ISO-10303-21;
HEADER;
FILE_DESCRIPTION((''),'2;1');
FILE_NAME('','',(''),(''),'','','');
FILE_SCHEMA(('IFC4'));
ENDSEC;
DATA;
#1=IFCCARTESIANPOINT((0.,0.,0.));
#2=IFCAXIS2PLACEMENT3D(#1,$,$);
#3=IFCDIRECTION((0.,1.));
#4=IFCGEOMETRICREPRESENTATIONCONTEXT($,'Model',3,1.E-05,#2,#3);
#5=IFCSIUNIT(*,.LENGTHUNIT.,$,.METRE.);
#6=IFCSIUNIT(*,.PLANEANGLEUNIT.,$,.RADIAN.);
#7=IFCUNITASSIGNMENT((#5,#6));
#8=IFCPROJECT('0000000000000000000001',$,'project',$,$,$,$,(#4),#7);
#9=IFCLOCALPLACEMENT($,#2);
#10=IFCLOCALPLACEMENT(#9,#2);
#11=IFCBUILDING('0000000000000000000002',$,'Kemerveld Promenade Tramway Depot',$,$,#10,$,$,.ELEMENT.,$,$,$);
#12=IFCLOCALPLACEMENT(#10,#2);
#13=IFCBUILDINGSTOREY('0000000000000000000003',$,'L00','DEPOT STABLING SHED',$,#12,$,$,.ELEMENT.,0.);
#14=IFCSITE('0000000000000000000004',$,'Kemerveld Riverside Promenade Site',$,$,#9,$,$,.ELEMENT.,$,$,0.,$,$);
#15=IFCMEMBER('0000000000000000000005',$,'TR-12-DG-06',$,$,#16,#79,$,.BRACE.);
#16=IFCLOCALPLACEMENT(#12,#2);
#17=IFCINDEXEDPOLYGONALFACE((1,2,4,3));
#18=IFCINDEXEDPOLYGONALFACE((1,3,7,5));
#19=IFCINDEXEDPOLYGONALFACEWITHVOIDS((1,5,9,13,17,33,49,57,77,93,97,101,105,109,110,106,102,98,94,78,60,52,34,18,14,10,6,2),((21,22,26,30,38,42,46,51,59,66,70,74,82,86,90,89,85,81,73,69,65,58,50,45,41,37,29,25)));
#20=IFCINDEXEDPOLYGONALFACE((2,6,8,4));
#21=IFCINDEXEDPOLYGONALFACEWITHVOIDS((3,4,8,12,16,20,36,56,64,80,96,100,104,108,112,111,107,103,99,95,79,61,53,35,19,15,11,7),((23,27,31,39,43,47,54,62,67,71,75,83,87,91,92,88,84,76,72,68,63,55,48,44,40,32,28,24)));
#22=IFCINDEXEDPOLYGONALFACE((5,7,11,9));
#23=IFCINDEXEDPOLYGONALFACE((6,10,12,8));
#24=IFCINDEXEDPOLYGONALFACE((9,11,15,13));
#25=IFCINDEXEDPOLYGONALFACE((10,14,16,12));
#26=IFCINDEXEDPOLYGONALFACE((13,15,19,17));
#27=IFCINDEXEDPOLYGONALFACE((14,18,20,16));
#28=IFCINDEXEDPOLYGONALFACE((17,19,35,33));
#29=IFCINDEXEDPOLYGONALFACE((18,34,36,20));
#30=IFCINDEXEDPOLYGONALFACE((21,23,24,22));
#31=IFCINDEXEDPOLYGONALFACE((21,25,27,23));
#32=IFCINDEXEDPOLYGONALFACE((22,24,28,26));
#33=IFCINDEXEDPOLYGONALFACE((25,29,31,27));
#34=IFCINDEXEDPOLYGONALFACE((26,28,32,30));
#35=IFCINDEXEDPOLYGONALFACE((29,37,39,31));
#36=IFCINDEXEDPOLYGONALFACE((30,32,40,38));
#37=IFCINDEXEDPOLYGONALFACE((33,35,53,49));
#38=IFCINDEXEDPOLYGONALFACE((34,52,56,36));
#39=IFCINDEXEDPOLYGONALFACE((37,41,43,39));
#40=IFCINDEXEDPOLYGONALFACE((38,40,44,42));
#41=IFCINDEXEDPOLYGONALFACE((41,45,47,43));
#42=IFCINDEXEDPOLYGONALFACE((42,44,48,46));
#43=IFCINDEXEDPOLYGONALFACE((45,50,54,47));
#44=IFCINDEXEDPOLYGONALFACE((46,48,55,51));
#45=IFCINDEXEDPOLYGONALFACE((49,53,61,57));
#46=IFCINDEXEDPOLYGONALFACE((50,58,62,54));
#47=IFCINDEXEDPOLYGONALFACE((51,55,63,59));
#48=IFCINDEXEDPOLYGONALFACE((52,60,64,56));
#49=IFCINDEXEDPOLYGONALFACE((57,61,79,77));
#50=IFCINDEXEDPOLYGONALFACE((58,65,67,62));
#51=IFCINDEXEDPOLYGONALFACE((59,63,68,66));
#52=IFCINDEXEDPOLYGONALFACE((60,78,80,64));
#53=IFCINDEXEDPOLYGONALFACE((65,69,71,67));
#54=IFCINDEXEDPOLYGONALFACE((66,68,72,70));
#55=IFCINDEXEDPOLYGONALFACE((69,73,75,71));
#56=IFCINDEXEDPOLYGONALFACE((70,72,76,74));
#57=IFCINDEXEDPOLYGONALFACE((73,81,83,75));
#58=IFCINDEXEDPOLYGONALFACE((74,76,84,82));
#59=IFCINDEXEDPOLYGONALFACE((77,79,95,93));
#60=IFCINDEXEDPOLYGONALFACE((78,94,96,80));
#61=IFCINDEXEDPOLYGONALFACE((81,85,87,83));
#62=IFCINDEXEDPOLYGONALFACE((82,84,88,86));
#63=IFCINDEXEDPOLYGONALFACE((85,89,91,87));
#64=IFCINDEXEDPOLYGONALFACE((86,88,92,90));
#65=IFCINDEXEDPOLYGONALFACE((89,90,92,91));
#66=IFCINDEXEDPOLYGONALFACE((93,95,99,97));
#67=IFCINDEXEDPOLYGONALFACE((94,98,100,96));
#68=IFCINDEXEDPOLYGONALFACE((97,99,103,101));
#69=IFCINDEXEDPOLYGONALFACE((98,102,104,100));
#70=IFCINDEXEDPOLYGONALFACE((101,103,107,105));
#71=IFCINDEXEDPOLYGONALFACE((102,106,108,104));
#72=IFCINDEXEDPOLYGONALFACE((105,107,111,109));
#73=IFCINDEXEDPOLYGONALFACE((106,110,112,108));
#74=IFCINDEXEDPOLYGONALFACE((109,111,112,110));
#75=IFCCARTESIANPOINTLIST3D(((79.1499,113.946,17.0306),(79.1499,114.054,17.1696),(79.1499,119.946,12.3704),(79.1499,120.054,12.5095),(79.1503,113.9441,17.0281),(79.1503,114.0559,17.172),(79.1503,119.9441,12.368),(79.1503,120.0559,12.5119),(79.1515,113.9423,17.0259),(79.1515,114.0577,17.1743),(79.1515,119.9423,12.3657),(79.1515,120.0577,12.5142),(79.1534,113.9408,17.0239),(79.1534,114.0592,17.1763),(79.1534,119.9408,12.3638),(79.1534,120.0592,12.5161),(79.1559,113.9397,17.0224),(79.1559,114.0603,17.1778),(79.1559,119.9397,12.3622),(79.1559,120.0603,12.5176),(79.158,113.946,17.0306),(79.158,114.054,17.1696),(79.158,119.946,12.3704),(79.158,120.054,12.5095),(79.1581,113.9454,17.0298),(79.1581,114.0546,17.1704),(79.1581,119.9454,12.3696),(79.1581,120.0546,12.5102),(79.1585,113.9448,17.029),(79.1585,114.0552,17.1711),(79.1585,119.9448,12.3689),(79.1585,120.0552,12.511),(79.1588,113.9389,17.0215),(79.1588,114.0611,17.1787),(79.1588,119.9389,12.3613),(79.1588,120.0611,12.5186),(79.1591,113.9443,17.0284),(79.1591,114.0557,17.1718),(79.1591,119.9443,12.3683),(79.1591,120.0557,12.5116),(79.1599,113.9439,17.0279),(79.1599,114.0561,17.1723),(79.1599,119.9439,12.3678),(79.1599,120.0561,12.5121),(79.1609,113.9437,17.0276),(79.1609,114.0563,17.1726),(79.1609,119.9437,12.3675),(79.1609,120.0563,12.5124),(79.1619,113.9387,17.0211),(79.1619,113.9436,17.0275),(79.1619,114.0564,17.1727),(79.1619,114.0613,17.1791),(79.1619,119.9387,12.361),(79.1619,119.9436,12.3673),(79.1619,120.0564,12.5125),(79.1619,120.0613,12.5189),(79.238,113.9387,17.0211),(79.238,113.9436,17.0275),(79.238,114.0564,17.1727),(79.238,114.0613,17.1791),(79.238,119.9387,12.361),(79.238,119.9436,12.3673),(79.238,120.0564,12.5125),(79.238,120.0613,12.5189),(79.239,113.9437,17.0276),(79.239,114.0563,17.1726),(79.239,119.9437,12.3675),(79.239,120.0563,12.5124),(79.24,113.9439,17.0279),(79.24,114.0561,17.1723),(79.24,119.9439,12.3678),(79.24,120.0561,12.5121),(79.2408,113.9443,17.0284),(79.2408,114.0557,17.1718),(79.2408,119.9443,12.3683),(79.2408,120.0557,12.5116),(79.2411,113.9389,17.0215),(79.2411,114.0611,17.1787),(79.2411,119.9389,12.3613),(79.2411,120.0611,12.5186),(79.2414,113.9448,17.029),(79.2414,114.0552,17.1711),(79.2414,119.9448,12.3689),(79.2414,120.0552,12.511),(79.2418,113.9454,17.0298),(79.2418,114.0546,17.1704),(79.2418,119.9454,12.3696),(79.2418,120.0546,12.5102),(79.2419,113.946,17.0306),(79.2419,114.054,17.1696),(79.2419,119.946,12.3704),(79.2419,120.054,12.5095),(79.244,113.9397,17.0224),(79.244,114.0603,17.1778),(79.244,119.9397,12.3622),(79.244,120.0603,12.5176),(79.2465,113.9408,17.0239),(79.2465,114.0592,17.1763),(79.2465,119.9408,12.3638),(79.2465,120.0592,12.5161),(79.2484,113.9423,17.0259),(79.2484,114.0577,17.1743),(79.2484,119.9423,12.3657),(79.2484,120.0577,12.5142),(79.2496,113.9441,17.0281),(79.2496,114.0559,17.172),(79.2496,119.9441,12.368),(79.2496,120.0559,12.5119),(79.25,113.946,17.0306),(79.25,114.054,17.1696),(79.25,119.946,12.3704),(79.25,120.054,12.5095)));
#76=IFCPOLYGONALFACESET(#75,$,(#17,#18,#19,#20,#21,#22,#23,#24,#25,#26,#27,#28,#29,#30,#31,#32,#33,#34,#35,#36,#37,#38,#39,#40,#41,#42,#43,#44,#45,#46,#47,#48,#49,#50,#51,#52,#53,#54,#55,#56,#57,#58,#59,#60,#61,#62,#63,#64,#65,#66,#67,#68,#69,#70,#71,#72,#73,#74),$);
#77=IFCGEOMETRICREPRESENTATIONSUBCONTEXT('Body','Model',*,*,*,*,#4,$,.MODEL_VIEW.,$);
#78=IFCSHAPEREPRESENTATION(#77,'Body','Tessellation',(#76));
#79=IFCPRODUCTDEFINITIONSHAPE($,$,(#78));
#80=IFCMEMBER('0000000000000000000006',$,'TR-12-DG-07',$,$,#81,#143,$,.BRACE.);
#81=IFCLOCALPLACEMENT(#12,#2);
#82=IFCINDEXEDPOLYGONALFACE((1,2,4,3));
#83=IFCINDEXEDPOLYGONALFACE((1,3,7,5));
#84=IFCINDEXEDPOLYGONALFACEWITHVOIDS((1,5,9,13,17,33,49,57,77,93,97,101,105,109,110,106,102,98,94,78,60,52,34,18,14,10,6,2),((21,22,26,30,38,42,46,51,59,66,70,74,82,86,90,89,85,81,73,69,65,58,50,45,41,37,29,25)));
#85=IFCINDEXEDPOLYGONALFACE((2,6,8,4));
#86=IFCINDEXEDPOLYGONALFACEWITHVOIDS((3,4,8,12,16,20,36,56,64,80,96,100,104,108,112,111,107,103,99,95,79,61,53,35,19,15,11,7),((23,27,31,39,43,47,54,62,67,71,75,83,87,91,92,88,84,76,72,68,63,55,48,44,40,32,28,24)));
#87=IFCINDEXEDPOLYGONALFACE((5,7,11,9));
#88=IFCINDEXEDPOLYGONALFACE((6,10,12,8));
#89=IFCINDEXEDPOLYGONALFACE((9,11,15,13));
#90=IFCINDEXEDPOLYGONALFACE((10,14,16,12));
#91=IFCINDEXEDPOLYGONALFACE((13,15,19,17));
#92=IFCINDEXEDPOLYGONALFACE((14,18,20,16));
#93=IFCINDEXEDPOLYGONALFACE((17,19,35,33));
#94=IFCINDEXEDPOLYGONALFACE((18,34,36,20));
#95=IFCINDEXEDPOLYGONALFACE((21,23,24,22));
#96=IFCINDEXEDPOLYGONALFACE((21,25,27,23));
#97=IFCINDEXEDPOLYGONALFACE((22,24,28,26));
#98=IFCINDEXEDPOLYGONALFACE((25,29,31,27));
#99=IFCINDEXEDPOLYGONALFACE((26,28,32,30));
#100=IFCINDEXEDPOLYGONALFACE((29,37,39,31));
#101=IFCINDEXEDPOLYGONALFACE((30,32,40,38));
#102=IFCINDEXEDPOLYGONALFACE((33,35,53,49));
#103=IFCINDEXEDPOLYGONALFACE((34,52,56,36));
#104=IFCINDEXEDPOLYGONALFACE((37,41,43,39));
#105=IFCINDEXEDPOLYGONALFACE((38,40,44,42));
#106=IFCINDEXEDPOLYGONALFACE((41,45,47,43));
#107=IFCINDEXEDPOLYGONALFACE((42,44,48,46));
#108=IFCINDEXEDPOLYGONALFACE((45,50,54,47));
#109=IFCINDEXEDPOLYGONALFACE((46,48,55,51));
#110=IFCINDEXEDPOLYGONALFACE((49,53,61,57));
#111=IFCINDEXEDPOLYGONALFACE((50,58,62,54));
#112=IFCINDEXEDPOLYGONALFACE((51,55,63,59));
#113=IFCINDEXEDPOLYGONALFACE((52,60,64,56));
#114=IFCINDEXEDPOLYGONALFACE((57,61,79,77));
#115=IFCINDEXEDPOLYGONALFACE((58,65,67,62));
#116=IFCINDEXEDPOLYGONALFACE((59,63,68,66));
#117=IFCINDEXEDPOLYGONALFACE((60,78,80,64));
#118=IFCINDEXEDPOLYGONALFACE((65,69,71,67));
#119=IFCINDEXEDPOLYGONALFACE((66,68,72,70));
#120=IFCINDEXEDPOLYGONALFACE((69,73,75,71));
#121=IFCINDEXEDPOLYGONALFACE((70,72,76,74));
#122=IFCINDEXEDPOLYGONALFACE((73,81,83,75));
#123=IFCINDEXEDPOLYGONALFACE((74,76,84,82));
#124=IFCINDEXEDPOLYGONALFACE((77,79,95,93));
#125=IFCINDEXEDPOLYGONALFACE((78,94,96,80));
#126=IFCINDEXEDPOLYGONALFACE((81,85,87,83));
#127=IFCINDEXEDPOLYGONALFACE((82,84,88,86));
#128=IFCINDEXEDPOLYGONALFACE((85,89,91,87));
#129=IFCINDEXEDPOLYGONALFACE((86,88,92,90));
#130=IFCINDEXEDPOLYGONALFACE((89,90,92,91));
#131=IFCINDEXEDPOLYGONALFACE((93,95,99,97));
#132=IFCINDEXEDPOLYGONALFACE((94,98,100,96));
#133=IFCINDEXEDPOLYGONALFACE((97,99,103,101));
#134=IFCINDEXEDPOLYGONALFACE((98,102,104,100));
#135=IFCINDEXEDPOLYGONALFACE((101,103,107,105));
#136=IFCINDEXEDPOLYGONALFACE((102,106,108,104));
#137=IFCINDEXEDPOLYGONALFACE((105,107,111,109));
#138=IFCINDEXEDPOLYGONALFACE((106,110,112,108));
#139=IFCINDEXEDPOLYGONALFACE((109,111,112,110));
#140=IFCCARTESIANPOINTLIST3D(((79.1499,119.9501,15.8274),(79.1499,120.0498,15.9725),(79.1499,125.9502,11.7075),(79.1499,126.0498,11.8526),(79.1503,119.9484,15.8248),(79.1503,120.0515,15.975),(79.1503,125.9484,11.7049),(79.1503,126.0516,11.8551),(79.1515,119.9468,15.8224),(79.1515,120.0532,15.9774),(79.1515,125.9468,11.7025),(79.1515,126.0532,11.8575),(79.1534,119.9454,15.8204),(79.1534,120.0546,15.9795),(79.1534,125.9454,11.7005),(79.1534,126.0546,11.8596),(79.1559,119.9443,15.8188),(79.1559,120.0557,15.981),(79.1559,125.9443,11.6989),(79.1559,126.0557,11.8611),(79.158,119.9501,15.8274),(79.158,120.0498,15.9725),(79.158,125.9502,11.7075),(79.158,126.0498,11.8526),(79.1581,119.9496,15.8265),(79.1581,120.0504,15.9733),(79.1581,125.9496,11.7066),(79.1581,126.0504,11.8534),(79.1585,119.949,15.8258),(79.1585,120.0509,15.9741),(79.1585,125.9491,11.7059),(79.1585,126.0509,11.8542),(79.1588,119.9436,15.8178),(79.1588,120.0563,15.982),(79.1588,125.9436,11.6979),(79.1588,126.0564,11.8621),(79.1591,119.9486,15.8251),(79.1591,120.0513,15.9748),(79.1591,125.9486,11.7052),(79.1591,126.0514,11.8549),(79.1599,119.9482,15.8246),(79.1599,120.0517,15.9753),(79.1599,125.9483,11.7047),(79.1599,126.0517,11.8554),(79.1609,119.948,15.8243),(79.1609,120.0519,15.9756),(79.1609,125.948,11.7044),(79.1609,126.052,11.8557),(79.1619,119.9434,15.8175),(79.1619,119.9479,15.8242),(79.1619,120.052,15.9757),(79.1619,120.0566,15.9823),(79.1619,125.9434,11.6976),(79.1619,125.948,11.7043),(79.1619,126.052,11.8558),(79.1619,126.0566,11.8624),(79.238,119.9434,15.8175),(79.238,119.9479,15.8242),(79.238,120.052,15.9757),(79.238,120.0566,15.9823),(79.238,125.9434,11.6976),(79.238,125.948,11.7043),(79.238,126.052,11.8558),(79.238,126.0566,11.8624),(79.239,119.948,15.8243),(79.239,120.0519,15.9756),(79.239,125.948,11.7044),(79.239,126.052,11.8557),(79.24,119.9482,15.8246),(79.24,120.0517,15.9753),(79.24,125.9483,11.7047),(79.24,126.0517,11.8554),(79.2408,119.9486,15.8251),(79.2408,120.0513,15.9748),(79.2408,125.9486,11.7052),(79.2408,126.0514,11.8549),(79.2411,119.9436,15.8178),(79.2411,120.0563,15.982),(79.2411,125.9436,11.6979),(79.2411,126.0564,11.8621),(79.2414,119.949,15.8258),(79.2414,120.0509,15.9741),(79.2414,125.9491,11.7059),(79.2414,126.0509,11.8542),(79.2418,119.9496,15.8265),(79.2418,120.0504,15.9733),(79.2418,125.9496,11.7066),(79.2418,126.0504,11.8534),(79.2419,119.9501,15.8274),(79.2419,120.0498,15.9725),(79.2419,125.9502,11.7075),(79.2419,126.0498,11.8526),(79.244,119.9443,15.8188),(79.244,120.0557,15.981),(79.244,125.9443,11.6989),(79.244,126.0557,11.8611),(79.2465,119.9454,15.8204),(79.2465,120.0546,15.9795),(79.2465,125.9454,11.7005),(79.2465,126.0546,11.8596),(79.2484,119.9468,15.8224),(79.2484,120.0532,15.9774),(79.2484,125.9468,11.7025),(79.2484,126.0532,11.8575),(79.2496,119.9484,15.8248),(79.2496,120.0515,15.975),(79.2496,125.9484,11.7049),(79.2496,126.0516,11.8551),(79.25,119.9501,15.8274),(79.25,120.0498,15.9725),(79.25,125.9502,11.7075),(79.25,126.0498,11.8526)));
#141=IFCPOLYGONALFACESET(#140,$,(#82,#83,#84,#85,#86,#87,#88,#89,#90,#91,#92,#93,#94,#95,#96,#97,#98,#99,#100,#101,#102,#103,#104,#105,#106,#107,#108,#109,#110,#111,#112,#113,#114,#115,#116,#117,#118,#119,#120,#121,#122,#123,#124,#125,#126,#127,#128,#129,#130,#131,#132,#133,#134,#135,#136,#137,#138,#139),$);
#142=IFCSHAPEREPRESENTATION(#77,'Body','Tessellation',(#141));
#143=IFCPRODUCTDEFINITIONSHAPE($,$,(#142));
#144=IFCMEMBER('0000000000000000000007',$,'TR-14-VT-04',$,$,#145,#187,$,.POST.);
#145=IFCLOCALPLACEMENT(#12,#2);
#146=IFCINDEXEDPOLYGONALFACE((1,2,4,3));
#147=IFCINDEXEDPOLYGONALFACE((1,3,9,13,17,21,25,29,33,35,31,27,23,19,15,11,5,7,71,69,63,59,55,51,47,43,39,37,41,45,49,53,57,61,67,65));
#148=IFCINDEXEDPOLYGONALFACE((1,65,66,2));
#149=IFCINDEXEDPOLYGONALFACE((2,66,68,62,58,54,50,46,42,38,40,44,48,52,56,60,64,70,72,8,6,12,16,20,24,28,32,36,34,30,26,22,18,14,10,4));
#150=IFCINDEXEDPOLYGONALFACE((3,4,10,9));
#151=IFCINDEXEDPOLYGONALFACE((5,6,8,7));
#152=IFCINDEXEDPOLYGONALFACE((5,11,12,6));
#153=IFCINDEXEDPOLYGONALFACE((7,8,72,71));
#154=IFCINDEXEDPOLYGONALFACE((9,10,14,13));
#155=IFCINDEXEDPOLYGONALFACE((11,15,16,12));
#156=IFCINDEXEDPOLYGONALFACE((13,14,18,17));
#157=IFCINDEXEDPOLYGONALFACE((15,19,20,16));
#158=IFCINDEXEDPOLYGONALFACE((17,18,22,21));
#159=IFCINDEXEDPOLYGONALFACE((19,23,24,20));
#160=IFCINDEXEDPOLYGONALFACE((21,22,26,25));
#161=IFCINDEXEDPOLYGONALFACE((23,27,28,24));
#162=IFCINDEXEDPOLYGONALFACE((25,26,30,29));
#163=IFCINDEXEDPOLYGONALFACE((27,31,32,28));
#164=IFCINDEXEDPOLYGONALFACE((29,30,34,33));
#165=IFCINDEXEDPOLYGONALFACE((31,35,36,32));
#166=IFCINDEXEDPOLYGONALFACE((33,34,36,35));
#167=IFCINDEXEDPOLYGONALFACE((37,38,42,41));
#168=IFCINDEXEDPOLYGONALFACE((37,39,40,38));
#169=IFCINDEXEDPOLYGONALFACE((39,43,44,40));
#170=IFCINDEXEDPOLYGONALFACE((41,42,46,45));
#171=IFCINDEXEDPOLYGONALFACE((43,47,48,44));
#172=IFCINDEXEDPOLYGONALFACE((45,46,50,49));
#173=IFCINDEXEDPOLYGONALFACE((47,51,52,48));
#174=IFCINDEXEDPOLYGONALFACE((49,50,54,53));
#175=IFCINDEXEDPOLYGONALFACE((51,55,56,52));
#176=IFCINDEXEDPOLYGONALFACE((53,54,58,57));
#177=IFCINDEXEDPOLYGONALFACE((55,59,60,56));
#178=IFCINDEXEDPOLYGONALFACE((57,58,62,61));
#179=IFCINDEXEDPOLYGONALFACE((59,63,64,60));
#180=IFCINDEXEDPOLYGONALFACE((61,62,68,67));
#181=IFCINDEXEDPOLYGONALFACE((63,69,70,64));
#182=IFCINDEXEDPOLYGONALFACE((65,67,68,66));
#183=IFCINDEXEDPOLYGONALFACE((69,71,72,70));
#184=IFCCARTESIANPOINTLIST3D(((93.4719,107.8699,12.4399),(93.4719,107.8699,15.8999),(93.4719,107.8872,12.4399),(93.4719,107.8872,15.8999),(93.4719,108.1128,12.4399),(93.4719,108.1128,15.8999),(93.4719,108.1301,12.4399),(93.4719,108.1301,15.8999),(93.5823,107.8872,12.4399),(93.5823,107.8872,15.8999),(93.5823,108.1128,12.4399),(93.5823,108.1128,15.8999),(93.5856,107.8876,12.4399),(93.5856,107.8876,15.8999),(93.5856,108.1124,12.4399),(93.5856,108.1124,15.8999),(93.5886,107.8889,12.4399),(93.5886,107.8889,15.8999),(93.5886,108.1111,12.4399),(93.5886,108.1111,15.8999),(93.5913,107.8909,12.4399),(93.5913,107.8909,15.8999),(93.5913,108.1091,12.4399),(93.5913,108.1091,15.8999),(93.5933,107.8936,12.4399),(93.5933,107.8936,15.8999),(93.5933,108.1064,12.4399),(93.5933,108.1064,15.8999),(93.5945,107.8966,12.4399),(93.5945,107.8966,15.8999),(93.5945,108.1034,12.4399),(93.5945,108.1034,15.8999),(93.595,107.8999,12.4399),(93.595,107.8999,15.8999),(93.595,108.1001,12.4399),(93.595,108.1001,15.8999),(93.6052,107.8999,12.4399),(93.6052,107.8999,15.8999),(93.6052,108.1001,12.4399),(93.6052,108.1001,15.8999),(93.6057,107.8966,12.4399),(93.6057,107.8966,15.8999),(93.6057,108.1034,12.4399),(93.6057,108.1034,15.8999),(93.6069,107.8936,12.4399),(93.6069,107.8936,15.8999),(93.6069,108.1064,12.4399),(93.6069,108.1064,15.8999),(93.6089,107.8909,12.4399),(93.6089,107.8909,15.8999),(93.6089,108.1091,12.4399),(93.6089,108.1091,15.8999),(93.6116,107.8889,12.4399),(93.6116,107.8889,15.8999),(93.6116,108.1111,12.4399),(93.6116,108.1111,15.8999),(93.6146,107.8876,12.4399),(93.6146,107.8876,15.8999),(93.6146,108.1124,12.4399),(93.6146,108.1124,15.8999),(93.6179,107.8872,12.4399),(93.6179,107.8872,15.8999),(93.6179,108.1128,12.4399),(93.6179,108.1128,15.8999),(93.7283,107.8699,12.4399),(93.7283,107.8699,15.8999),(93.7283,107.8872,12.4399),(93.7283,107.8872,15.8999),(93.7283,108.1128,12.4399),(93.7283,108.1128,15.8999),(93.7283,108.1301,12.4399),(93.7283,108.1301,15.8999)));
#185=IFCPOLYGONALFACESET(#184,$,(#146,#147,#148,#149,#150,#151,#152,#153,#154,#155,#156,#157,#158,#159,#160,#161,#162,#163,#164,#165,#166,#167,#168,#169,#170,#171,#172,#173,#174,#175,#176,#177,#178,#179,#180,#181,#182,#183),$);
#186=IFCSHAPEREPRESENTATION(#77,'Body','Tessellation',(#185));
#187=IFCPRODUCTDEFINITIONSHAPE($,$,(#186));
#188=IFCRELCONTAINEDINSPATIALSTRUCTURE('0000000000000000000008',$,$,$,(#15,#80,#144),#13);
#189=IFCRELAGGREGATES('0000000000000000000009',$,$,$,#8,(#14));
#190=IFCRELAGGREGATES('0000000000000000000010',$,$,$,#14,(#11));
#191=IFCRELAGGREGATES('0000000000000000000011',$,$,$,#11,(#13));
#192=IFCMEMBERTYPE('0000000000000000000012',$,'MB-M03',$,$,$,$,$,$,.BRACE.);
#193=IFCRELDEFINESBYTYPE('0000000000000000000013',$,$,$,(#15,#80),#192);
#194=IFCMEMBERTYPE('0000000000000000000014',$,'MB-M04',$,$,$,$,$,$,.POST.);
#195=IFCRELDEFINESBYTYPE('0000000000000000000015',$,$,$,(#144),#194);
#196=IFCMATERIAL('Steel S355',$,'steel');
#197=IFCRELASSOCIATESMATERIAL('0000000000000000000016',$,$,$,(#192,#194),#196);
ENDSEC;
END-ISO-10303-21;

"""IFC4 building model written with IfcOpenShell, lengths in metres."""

from ifc_helpers import new_model, si_unit, direction, frame, origin, origin_2d, place, context, subcontext, project, spatial, hollow_rectangle, i_section, extrude, material, material_profile, profile_set, type_object, element, save


model = new_model("IFC4")

# Units and contexts
model_context = context("Model", 3, precision=1e-05, world=origin(), true_north=direction((0.0, 1.0)))
body_context = subcontext(model_context, "Body", "Model", "MODEL_VIEW")
ifc_project = project(units=[si_unit("LENGTHUNIT", "METRE"), si_unit("PLANEANGLEUNIT", "RADIAN")], contexts=[model_context])

# Site, building, storey
site_placement = place(None, origin())
site = spatial("IfcSite", under=ifc_project, at=site_placement, Name="Kemerveld Riverside Promenade Site", CompositionType="ELEMENT", RefElevation=0.0)
building_placement = place(site_placement, origin())
building = spatial("IfcBuilding", under=site, at=building_placement, Name="Kemerveld Promenade Tramway Depot", CompositionType="ELEMENT")
storey_placement = place(building_placement, origin())
storey = spatial("IfcBuildingStorey", under=building, at=storey_placement, Name="L00", Description="DEPOT STABLING SHED", CompositionType="ELEMENT", Elevation=0.0)

# Members
ifc_material_1 = material(Name="Steel S355", Category="steel")
ifc_material_profile_1 = material_profile(ifc_material_1, hollow_rectangle(XDim=0.1001, YDim=0.2, WallThickness=0.0081, InnerFilletRadius=0.0039, OuterFilletRadius=0.012, at=origin_2d()), Name="200x100x8.0 RHS")
ifc_profile_set_1 = profile_set([ifc_material_profile_1], Name="Steel S355")
member_type_1 = type_object("IfcMemberType", Name="MB-M03", PredefinedType="BRACE", material=ifc_profile_set_1)
for number, where, z_axis, x_axis, name in (
    (1, (79.2, 120.0, 12.4399), (0.0, -0.789767, 0.613407), (1.0, 0.0, 0.0), "TR-12-DG-06"),
):
    element("IfcMember", number, at=place(storey_placement, frame(where, z_axis=z_axis, x_axis=x_axis)), inside=storey, type_object=member_type_1, Name=name, PredefinedType="BRACE", context=body_context, shape_type="SweptSolid", body=[
        extrude(hollow_rectangle(XDim=0.1001, YDim=0.2, WallThickness=0.0081, InnerFilletRadius=0.0039, OuterFilletRadius=0.012, at=origin_2d()), origin(), (0.0, 0.0, 1.0), 7.5972),
    ])
member_placement = place(storey_placement, frame((79.2, 126.0, 11.78), z_axis=(0.0, -0.824371, 0.56605), x_axis=(1.0, 0.0, 0.0)))
element("IfcMember", 2, at=member_placement, inside=storey, type_object=member_type_1, Name="TR-12-DG-07", PredefinedType="BRACE", context=body_context, shape_type="SweptSolid", body=[
    extrude(hollow_rectangle(XDim=0.1001, YDim=0.2, WallThickness=0.0081, InnerFilletRadius=0.0039, OuterFilletRadius=0.012, at=origin_2d()), origin(), (0.0, 0.0, 1.0), 7.2783),
])
ifc_material_profile_2 = material_profile(ifc_material_1, i_section(OverallWidth=0.2563, OverallDepth=0.2603, WebThickness=0.0103, FlangeThickness=0.0173, FilletRadius=0.0127, at=origin_2d()), Name="254x254x89 UC")
ifc_profile_set_2 = profile_set([ifc_material_profile_2], Name="Steel S355")
member_type_2 = type_object("IfcMemberType", Name="MB-M04", PredefinedType="POST", material=ifc_profile_set_2)
for number, where, z_axis, x_axis, name in (
    (3, (93.6001, 108.0, 12.4399), (0.0, 0.0, 1.0), (1.0, 0.0, 0.0), "TR-14-VT-04"),
):
    element("IfcMember", number, at=place(storey_placement, frame(where, z_axis=z_axis, x_axis=x_axis)), inside=storey, type_object=member_type_2, Name=name, PredefinedType="POST", context=body_context, shape_type="SweptSolid", body=[
        extrude(i_section(OverallWidth=0.2563, OverallDepth=0.2603, WebThickness=0.0103, FlangeThickness=0.0173, FilletRadius=0.0127, at=origin_2d()), origin(), (0.0, 0.0, 1.0), 3.46),
    ])

save(model, "model.ifc")
